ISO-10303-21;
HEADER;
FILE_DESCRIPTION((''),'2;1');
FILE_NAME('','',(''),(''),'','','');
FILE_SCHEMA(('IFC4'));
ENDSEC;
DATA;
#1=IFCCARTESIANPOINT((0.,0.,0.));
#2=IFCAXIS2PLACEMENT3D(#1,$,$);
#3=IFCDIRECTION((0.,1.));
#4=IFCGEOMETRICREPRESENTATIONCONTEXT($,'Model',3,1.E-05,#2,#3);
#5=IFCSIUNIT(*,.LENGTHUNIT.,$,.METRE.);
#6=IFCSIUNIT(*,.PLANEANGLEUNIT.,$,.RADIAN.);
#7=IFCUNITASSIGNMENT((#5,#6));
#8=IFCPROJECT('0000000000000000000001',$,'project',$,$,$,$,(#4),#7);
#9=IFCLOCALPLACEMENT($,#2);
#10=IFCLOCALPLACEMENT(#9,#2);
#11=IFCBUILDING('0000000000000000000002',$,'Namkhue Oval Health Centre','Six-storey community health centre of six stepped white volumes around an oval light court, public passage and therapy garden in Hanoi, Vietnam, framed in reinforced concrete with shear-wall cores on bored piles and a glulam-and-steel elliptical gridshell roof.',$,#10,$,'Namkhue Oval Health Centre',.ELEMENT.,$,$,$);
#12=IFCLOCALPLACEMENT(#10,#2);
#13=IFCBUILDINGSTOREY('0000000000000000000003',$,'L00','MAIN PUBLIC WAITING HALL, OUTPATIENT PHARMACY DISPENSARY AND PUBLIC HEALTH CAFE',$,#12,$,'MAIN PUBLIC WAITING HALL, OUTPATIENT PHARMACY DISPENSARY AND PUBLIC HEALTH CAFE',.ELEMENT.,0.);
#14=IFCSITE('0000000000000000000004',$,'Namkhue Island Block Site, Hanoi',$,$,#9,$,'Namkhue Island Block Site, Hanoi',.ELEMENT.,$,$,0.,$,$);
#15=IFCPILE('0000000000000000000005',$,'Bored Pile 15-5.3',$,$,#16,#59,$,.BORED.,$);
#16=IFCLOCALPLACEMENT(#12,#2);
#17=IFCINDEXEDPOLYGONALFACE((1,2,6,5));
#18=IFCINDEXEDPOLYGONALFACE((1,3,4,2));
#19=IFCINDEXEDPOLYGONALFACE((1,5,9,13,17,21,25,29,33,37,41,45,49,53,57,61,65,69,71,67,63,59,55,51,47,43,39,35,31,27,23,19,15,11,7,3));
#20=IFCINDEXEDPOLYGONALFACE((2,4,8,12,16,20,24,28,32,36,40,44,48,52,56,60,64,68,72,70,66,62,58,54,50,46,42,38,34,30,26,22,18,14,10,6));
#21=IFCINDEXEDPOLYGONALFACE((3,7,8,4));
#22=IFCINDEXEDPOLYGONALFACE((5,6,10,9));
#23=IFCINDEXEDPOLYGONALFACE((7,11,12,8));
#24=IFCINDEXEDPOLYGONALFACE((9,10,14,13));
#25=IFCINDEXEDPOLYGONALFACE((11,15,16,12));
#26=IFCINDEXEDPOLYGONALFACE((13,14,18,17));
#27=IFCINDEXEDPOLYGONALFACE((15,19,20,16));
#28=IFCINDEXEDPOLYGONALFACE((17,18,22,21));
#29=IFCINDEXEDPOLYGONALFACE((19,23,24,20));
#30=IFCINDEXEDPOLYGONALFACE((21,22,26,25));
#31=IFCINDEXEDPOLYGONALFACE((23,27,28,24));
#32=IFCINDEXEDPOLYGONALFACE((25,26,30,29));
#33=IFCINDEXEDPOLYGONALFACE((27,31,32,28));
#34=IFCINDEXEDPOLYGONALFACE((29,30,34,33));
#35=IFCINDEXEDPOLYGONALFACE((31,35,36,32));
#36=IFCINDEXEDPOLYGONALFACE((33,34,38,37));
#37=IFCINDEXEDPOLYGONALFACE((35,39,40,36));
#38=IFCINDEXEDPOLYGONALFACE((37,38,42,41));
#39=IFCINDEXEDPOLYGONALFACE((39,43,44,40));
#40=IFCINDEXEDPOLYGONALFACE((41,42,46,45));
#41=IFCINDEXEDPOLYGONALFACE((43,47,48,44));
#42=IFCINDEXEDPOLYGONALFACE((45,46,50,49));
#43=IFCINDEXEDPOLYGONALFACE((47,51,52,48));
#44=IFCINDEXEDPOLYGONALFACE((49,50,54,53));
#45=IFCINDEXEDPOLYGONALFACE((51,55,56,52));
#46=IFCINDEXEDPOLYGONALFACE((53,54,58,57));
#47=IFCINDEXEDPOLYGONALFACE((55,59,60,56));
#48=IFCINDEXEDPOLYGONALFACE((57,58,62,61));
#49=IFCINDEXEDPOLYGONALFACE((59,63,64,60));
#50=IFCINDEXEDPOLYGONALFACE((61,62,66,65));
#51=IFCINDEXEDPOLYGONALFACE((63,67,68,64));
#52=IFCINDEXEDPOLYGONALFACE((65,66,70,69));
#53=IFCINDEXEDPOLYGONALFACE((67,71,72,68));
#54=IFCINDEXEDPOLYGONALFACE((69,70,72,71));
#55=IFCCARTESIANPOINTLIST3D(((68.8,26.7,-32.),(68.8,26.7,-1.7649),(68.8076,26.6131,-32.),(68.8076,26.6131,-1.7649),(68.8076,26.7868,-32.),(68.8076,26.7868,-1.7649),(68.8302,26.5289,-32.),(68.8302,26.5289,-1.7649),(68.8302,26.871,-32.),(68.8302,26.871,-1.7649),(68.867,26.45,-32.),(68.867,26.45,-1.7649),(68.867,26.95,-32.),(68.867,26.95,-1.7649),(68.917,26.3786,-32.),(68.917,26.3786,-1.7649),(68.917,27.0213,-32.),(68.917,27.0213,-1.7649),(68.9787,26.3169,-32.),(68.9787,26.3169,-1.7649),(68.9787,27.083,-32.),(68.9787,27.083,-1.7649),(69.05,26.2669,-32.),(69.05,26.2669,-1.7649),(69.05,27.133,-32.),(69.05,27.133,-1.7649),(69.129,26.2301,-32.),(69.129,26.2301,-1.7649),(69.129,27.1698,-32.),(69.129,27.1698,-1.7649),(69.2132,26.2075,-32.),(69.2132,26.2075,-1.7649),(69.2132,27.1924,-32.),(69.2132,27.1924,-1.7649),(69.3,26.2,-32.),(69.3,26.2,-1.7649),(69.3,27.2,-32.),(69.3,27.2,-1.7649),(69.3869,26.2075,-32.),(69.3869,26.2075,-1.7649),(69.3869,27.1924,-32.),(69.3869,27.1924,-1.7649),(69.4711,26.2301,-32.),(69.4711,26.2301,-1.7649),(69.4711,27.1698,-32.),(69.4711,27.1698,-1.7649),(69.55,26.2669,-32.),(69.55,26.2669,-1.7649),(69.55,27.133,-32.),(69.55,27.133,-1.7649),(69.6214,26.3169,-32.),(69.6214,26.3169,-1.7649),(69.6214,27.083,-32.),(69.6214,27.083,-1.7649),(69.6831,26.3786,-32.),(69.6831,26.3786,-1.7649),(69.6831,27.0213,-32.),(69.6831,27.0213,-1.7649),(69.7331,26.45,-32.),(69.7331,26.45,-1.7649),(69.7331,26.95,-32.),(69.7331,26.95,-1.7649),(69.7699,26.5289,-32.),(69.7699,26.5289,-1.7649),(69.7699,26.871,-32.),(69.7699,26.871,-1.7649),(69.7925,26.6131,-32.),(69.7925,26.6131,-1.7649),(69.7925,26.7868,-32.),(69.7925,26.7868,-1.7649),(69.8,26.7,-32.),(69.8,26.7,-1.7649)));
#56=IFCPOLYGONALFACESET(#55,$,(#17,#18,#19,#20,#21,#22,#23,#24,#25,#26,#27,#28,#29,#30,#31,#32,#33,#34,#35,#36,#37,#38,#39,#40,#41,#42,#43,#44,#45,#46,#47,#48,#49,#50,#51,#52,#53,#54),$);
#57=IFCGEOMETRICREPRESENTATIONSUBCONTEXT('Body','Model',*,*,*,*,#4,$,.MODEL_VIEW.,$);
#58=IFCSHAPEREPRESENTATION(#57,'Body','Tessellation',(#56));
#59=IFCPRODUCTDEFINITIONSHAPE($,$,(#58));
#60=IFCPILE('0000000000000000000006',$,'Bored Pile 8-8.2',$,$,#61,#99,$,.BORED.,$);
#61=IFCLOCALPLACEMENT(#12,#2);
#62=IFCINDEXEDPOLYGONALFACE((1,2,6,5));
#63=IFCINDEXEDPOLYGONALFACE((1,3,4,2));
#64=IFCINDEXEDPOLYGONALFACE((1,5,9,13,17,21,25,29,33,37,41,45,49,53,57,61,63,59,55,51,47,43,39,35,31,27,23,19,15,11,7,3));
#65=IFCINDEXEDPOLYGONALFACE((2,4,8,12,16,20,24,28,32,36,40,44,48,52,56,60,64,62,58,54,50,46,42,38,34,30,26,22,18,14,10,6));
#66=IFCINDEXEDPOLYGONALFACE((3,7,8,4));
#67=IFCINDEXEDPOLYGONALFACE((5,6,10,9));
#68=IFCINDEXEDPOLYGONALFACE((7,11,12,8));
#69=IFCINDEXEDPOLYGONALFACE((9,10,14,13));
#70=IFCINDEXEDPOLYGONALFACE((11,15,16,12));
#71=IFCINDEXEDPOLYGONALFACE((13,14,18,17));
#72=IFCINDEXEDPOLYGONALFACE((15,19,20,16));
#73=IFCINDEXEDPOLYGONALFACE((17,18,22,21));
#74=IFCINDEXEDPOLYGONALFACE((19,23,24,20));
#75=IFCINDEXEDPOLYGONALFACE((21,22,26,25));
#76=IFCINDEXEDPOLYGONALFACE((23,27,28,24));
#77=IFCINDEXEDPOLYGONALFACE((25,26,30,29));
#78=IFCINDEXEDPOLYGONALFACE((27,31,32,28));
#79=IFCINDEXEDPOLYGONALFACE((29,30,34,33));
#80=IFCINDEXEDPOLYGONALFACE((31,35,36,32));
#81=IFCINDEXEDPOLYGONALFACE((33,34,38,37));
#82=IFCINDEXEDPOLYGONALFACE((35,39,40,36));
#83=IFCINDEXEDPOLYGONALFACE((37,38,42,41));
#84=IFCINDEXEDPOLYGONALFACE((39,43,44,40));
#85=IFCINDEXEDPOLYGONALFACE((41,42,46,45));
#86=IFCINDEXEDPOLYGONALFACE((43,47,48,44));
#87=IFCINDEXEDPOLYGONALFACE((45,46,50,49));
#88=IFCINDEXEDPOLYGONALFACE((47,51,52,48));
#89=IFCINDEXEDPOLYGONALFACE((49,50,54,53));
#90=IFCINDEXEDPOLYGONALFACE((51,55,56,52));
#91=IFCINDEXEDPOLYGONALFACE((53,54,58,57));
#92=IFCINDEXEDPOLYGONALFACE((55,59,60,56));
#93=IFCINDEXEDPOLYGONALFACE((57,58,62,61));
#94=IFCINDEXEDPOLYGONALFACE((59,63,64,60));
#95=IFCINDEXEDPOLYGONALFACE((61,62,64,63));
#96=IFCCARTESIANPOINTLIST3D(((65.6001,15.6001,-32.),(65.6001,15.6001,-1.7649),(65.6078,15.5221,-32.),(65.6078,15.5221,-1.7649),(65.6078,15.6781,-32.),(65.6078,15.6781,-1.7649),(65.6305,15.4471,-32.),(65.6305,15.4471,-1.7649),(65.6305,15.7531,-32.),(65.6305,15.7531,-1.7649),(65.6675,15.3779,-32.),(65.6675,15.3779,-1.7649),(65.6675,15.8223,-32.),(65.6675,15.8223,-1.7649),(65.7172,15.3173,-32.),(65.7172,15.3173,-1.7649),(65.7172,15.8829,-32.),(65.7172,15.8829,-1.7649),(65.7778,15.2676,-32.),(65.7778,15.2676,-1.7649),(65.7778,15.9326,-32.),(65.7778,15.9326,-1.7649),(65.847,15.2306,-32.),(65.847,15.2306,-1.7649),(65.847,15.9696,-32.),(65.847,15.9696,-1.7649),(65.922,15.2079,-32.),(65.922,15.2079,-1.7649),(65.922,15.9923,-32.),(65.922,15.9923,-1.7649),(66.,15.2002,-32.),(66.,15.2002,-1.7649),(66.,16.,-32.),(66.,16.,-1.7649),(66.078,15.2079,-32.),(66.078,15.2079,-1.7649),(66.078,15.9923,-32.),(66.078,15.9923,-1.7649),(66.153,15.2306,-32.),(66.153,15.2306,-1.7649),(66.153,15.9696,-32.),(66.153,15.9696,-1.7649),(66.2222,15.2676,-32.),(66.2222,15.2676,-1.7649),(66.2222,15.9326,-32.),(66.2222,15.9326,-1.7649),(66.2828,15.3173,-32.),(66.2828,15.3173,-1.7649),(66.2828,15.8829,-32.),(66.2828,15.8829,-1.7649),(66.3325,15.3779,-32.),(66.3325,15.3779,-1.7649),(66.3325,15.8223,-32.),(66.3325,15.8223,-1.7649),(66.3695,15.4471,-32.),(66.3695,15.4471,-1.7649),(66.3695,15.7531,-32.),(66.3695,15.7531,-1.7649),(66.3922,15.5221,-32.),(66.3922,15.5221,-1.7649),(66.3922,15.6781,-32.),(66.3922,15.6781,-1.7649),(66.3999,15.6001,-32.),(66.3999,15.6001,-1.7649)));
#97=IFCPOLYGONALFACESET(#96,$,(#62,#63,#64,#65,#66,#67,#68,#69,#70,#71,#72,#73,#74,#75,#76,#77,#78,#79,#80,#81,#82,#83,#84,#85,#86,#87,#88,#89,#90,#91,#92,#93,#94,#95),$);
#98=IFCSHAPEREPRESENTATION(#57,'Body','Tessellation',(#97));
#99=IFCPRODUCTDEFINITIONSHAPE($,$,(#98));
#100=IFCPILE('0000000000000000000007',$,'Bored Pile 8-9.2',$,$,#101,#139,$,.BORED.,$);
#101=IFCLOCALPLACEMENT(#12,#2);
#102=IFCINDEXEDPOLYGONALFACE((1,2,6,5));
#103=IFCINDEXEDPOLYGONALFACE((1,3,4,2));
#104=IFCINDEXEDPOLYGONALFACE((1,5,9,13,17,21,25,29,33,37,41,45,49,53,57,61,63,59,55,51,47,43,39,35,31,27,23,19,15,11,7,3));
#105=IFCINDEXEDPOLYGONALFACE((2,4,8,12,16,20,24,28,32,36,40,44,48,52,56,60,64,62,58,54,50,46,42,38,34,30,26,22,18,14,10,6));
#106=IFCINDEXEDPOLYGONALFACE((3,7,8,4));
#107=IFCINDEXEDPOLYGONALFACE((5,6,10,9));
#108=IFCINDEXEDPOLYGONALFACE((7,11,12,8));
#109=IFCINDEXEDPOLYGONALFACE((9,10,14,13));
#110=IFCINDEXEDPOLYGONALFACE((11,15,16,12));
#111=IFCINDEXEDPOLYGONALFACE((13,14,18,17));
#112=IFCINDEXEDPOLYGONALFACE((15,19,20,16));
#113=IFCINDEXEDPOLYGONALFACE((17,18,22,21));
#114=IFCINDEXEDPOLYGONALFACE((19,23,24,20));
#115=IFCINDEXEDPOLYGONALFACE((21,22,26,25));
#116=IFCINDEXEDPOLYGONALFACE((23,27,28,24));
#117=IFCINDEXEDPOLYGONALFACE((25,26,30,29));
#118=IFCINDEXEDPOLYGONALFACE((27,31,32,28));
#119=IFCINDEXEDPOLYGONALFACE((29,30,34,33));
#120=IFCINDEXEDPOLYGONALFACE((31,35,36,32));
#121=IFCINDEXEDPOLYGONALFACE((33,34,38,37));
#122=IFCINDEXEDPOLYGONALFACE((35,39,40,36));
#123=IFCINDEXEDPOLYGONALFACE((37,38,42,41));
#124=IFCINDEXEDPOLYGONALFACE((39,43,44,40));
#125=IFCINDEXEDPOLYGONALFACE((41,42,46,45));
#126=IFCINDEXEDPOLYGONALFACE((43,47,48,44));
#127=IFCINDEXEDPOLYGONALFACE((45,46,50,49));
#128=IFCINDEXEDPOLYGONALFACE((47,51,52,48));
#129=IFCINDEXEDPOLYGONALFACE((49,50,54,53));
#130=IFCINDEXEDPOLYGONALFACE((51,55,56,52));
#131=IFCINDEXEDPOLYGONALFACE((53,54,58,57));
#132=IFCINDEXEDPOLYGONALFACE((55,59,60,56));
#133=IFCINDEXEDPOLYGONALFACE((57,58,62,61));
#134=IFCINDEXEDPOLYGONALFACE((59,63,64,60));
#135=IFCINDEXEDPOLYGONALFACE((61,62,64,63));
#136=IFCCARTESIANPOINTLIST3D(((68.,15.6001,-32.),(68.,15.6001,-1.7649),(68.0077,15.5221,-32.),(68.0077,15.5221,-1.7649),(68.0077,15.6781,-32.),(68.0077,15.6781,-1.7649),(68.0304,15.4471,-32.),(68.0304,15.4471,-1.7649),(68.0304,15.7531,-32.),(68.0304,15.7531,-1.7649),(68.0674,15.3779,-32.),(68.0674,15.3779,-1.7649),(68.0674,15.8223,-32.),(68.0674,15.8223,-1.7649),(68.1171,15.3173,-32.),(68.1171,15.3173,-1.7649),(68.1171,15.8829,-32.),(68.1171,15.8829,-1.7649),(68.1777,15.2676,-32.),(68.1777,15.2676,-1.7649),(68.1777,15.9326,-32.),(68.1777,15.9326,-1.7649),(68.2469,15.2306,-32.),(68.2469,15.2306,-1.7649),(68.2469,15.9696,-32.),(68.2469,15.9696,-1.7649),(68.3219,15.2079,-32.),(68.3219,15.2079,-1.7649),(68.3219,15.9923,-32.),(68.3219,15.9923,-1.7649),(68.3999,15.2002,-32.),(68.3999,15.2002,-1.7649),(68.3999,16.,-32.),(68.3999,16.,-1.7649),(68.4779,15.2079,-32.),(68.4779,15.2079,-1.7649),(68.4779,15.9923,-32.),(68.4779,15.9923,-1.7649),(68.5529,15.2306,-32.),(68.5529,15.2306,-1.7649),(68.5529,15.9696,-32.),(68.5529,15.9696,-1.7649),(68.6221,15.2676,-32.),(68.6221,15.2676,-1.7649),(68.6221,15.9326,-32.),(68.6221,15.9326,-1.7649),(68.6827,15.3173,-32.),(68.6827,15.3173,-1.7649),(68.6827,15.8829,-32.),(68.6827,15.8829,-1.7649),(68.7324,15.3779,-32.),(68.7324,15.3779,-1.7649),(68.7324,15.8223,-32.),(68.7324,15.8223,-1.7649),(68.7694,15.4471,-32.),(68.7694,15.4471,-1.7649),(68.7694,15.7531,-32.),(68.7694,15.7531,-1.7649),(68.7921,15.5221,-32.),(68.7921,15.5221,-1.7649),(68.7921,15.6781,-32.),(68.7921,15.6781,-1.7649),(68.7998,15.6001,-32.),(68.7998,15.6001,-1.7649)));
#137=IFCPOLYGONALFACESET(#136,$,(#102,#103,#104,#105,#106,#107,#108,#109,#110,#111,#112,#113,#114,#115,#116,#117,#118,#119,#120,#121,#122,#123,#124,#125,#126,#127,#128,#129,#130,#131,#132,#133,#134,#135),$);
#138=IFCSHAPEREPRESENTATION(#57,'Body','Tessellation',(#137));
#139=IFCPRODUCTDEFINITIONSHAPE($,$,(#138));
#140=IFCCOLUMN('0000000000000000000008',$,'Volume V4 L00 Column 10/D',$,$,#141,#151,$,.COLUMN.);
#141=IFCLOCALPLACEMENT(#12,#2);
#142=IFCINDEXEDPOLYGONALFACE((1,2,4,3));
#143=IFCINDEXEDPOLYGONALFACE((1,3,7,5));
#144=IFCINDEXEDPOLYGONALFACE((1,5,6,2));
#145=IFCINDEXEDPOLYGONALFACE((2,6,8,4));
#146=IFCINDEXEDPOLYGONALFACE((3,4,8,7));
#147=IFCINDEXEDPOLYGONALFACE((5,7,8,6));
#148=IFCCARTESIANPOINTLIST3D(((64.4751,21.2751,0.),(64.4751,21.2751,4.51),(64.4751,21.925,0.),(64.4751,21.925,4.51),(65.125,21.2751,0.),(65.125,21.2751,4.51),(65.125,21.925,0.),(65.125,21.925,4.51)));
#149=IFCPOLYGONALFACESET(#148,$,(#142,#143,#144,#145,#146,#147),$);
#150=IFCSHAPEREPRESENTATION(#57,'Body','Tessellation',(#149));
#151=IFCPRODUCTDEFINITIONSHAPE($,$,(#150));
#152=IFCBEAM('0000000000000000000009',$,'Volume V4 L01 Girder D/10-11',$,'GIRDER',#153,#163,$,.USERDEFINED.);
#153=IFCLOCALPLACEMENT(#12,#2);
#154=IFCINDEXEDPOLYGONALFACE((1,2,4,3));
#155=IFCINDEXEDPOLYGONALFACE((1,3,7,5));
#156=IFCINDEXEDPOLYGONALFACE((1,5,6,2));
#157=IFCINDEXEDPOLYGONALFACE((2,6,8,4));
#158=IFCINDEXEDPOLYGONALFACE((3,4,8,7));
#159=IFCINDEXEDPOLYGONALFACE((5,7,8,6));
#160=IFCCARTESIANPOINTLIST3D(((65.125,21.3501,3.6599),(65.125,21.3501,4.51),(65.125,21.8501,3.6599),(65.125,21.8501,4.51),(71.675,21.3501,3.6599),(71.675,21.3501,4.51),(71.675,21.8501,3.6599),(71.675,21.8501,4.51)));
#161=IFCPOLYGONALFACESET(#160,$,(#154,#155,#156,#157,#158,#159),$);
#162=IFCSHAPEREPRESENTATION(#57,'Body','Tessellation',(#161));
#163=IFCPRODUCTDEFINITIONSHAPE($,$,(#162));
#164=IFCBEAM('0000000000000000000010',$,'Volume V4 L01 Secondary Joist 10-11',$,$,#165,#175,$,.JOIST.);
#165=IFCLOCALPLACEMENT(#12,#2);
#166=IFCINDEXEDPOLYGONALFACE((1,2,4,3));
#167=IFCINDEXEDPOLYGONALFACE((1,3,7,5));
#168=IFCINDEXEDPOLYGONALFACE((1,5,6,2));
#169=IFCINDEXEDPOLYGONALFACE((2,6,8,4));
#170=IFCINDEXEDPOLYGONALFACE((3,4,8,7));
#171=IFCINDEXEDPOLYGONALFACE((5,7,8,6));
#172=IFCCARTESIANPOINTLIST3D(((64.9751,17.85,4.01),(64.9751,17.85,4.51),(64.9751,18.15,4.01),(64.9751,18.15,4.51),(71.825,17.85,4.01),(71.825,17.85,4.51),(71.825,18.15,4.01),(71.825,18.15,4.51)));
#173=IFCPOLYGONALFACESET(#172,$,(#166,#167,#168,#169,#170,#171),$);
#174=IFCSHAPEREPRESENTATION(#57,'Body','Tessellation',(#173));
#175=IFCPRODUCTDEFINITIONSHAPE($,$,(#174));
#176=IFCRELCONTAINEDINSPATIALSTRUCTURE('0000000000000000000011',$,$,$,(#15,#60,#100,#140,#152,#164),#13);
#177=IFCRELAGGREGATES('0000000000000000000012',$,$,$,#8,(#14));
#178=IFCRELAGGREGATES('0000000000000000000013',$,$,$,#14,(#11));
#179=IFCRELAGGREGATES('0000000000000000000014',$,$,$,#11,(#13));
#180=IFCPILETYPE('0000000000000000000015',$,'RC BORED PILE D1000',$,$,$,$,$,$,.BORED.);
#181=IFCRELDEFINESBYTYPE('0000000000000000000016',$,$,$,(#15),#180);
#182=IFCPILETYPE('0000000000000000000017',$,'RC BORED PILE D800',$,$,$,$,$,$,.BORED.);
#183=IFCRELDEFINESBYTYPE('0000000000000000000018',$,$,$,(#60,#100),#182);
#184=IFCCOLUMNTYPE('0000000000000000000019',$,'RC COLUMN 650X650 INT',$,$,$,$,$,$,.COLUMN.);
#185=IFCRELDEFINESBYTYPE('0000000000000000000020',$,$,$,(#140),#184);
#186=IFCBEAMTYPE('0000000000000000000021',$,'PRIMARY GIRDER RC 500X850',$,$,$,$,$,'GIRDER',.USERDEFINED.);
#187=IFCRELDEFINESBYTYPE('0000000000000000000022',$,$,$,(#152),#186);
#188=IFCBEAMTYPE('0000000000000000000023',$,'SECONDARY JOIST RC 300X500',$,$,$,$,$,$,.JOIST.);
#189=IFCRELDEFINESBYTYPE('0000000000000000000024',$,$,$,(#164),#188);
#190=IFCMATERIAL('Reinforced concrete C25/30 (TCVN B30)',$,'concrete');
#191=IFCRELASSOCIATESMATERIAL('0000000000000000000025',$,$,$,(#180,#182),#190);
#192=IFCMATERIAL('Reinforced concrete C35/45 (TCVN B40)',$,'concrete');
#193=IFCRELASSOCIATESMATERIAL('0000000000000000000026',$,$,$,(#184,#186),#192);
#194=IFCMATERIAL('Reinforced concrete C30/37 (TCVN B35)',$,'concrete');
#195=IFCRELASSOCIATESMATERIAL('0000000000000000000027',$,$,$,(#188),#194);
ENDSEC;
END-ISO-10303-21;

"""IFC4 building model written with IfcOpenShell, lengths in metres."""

from ifc_helpers import new_model, si_unit, direction, frame, origin, origin_2d, place, context, subcontext, project, spatial, rectangle, circle, extrude, material, material_profile, profile_set, type_object, element, save


model = new_model("IFC4")

# Units and contexts
model_context = context("Model", 3, precision=1e-05, world=origin(), true_north=direction((0.0, 1.0)))
body_context = subcontext(model_context, "Body", "Model", "MODEL_VIEW")
ifc_project = project(units=[si_unit("LENGTHUNIT", "METRE"), si_unit("PLANEANGLEUNIT", "RADIAN")], contexts=[model_context])

# Site, building, storey
site_placement = place(None, origin())
site = spatial("IfcSite", under=ifc_project, at=site_placement, Name="Namkhue Island Block Site, Hanoi", LongName="Namkhue Island Block Site, Hanoi", CompositionType="ELEMENT", RefElevation=0.0)
building_placement = place(site_placement, origin())
building = spatial("IfcBuilding", under=site, at=building_placement, Name="Namkhue Oval Health Centre", Description="Six-storey community health centre of six stepped white volumes around an oval light court, public passage and therapy garden in Hanoi, Vietnam, framed in reinforced concrete with shear-wall cores on bored piles and a glulam-and-steel elliptical gridshell roof.", LongName="Namkhue Oval Health Centre", CompositionType="ELEMENT")
storey_placement = place(building_placement, origin())
storey = spatial("IfcBuildingStorey", under=building, at=storey_placement, Name="L00", Description="MAIN PUBLIC WAITING HALL, OUTPATIENT PHARMACY DISPENSARY AND PUBLIC HEALTH CAFE", LongName="MAIN PUBLIC WAITING HALL, OUTPATIENT PHARMACY DISPENSARY AND PUBLIC HEALTH CAFE", CompositionType="ELEMENT", Elevation=0.0)

# Shared definitions
ifc_material_1 = material(Name="Reinforced concrete C30/37 (TCVN B35)", Category="concrete")

# Piles
ifc_material_2 = material(Name="Reinforced concrete C25/30 (TCVN B30)", Category="concrete")
ifc_material_profile_1 = material_profile(ifc_material_2, circle(Radius=0.5, at=origin_2d()), Name="BORED PILE D1000")
ifc_profile_set_1 = profile_set([ifc_material_profile_1], Name="Reinforced concrete C25/30 (TCVN B30)")
pile_type_1 = type_object("IfcPileType", Name="RC BORED PILE D1000", PredefinedType="BORED", material=ifc_profile_set_1)
for number, where, z_axis, x_axis, name in (
    (1, (69.3, 26.7, -1.7649), (0.0, 0.0, -1.0), (1.0, 0.0, 0.0), "Bored Pile 15-5.3"),
):
    element("IfcPile", number, at=place(storey_placement, frame(where, z_axis=z_axis, x_axis=x_axis)), inside=storey, type_object=pile_type_1, Name=name, PredefinedType="BORED", context=body_context, shape_type="SweptSolid", body=[
        extrude(circle(Radius=0.5, at=origin_2d()), origin(), (0.0, 0.0, 1.0), 30.2351),
    ])
ifc_material_profile_2 = material_profile(ifc_material_2, circle(Radius=0.3999, at=origin_2d()), Name="BORED PILE D800")
ifc_profile_set_2 = profile_set([ifc_material_profile_2], Name="Reinforced concrete C25/30 (TCVN B30)")
pile_type_2 = type_object("IfcPileType", Name="RC BORED PILE D800", PredefinedType="BORED", material=ifc_profile_set_2)
for number, where, z_axis, x_axis, name in (
    (2, (66.0, 15.6001, -1.7649), (0.0, 0.0, -1.0), (1.0, 0.0, 0.0), "Bored Pile 8-8.2"),
    (3, (68.3999, 15.6001, -1.7649), (0.0, 0.0, -1.0), (1.0, 0.0, 0.0), "Bored Pile 8-9.2"),
):
    element("IfcPile", number, at=place(storey_placement, frame(where, z_axis=z_axis, x_axis=x_axis)), inside=storey, type_object=pile_type_2, Name=name, PredefinedType="BORED", context=body_context, shape_type="SweptSolid", body=[
        extrude(circle(Radius=0.3999, at=origin_2d()), origin(), (0.0, 0.0, 1.0), 30.2351),
    ])

# Column
ifc_material_3 = material(Name="Reinforced concrete C35/45 (TCVN B40)", Category="concrete")
ifc_material_profile_3 = material_profile(ifc_material_3, rectangle(XDim=0.6499, YDim=0.6499, at=origin_2d()), Name="RC 650x650")
ifc_profile_set_3 = profile_set([ifc_material_profile_3], Name="Reinforced concrete C35/45 (TCVN B40)")
column_type = type_object("IfcColumnType", Name="RC COLUMN 650X650 INT", PredefinedType="COLUMN", material=ifc_profile_set_3)
column_placement = place(storey_placement, frame((64.8, 21.6001, 0.0), z_axis=(0.0, 0.0, 1.0), x_axis=(1.0, 0.0, 0.0)))
element("IfcColumn", 4, at=column_placement, inside=storey, type_object=column_type, Name="Volume V4 L00 Column 10/D", PredefinedType="COLUMN", context=body_context, shape_type="SweptSolid", body=[
    extrude(rectangle(XDim=0.6499, YDim=0.6499, at=origin_2d()), origin(), (0.0, 0.0, 1.0), 4.51),
])

# Beams
ifc_material_profile_4 = material_profile(ifc_material_3, rectangle(XDim=0.5, YDim=0.8501, at=origin_2d()), Name="RC 500x850")
ifc_profile_set_4 = profile_set([ifc_material_profile_4], Name="Reinforced concrete C35/45 (TCVN B40)")
beam_type_1 = type_object("IfcBeamType", Name="PRIMARY GIRDER RC 500X850", ElementType="GIRDER", PredefinedType="USERDEFINED", material=ifc_profile_set_4)
beam_1_placement = place(storey_placement, frame((65.125, 21.6001, 4.085), z_axis=(1.0, 0.0, 0.0), x_axis=(0.0, 1.0, 0.0)))
element("IfcBeam", 5, at=beam_1_placement, inside=storey, type_object=beam_type_1, Name="Volume V4 L01 Girder D/10-11", ObjectType="GIRDER", PredefinedType="USERDEFINED", context=body_context, shape_type="SweptSolid", body=[
    extrude(rectangle(XDim=0.5, YDim=0.8501, at=origin_2d()), origin(), (0.0, 0.0, 1.0), 6.55),
])
ifc_material_profile_5 = material_profile(ifc_material_1, rectangle(XDim=0.3, YDim=0.5, at=origin_2d()), Name="RC 300x500")
ifc_profile_set_5 = profile_set([ifc_material_profile_5], Name="Reinforced concrete C30/37 (TCVN B35)")
beam_type_2 = type_object("IfcBeamType", Name="SECONDARY JOIST RC 300X500", PredefinedType="JOIST", material=ifc_profile_set_5)
beam_2_placement = place(storey_placement, frame((64.9751, 18.0, 4.26), z_axis=(1.0, 0.0, 0.0), x_axis=(0.0, 1.0, 0.0)))
element("IfcBeam", 6, at=beam_2_placement, inside=storey, type_object=beam_type_2, Name="Volume V4 L01 Secondary Joist 10-11", PredefinedType="JOIST", context=body_context, shape_type="SweptSolid", body=[
    extrude(rectangle(XDim=0.3, YDim=0.5, at=origin_2d()), origin(), (0.0, 0.0, 1.0), 6.8499),
])

save(model, "model.ifc")
